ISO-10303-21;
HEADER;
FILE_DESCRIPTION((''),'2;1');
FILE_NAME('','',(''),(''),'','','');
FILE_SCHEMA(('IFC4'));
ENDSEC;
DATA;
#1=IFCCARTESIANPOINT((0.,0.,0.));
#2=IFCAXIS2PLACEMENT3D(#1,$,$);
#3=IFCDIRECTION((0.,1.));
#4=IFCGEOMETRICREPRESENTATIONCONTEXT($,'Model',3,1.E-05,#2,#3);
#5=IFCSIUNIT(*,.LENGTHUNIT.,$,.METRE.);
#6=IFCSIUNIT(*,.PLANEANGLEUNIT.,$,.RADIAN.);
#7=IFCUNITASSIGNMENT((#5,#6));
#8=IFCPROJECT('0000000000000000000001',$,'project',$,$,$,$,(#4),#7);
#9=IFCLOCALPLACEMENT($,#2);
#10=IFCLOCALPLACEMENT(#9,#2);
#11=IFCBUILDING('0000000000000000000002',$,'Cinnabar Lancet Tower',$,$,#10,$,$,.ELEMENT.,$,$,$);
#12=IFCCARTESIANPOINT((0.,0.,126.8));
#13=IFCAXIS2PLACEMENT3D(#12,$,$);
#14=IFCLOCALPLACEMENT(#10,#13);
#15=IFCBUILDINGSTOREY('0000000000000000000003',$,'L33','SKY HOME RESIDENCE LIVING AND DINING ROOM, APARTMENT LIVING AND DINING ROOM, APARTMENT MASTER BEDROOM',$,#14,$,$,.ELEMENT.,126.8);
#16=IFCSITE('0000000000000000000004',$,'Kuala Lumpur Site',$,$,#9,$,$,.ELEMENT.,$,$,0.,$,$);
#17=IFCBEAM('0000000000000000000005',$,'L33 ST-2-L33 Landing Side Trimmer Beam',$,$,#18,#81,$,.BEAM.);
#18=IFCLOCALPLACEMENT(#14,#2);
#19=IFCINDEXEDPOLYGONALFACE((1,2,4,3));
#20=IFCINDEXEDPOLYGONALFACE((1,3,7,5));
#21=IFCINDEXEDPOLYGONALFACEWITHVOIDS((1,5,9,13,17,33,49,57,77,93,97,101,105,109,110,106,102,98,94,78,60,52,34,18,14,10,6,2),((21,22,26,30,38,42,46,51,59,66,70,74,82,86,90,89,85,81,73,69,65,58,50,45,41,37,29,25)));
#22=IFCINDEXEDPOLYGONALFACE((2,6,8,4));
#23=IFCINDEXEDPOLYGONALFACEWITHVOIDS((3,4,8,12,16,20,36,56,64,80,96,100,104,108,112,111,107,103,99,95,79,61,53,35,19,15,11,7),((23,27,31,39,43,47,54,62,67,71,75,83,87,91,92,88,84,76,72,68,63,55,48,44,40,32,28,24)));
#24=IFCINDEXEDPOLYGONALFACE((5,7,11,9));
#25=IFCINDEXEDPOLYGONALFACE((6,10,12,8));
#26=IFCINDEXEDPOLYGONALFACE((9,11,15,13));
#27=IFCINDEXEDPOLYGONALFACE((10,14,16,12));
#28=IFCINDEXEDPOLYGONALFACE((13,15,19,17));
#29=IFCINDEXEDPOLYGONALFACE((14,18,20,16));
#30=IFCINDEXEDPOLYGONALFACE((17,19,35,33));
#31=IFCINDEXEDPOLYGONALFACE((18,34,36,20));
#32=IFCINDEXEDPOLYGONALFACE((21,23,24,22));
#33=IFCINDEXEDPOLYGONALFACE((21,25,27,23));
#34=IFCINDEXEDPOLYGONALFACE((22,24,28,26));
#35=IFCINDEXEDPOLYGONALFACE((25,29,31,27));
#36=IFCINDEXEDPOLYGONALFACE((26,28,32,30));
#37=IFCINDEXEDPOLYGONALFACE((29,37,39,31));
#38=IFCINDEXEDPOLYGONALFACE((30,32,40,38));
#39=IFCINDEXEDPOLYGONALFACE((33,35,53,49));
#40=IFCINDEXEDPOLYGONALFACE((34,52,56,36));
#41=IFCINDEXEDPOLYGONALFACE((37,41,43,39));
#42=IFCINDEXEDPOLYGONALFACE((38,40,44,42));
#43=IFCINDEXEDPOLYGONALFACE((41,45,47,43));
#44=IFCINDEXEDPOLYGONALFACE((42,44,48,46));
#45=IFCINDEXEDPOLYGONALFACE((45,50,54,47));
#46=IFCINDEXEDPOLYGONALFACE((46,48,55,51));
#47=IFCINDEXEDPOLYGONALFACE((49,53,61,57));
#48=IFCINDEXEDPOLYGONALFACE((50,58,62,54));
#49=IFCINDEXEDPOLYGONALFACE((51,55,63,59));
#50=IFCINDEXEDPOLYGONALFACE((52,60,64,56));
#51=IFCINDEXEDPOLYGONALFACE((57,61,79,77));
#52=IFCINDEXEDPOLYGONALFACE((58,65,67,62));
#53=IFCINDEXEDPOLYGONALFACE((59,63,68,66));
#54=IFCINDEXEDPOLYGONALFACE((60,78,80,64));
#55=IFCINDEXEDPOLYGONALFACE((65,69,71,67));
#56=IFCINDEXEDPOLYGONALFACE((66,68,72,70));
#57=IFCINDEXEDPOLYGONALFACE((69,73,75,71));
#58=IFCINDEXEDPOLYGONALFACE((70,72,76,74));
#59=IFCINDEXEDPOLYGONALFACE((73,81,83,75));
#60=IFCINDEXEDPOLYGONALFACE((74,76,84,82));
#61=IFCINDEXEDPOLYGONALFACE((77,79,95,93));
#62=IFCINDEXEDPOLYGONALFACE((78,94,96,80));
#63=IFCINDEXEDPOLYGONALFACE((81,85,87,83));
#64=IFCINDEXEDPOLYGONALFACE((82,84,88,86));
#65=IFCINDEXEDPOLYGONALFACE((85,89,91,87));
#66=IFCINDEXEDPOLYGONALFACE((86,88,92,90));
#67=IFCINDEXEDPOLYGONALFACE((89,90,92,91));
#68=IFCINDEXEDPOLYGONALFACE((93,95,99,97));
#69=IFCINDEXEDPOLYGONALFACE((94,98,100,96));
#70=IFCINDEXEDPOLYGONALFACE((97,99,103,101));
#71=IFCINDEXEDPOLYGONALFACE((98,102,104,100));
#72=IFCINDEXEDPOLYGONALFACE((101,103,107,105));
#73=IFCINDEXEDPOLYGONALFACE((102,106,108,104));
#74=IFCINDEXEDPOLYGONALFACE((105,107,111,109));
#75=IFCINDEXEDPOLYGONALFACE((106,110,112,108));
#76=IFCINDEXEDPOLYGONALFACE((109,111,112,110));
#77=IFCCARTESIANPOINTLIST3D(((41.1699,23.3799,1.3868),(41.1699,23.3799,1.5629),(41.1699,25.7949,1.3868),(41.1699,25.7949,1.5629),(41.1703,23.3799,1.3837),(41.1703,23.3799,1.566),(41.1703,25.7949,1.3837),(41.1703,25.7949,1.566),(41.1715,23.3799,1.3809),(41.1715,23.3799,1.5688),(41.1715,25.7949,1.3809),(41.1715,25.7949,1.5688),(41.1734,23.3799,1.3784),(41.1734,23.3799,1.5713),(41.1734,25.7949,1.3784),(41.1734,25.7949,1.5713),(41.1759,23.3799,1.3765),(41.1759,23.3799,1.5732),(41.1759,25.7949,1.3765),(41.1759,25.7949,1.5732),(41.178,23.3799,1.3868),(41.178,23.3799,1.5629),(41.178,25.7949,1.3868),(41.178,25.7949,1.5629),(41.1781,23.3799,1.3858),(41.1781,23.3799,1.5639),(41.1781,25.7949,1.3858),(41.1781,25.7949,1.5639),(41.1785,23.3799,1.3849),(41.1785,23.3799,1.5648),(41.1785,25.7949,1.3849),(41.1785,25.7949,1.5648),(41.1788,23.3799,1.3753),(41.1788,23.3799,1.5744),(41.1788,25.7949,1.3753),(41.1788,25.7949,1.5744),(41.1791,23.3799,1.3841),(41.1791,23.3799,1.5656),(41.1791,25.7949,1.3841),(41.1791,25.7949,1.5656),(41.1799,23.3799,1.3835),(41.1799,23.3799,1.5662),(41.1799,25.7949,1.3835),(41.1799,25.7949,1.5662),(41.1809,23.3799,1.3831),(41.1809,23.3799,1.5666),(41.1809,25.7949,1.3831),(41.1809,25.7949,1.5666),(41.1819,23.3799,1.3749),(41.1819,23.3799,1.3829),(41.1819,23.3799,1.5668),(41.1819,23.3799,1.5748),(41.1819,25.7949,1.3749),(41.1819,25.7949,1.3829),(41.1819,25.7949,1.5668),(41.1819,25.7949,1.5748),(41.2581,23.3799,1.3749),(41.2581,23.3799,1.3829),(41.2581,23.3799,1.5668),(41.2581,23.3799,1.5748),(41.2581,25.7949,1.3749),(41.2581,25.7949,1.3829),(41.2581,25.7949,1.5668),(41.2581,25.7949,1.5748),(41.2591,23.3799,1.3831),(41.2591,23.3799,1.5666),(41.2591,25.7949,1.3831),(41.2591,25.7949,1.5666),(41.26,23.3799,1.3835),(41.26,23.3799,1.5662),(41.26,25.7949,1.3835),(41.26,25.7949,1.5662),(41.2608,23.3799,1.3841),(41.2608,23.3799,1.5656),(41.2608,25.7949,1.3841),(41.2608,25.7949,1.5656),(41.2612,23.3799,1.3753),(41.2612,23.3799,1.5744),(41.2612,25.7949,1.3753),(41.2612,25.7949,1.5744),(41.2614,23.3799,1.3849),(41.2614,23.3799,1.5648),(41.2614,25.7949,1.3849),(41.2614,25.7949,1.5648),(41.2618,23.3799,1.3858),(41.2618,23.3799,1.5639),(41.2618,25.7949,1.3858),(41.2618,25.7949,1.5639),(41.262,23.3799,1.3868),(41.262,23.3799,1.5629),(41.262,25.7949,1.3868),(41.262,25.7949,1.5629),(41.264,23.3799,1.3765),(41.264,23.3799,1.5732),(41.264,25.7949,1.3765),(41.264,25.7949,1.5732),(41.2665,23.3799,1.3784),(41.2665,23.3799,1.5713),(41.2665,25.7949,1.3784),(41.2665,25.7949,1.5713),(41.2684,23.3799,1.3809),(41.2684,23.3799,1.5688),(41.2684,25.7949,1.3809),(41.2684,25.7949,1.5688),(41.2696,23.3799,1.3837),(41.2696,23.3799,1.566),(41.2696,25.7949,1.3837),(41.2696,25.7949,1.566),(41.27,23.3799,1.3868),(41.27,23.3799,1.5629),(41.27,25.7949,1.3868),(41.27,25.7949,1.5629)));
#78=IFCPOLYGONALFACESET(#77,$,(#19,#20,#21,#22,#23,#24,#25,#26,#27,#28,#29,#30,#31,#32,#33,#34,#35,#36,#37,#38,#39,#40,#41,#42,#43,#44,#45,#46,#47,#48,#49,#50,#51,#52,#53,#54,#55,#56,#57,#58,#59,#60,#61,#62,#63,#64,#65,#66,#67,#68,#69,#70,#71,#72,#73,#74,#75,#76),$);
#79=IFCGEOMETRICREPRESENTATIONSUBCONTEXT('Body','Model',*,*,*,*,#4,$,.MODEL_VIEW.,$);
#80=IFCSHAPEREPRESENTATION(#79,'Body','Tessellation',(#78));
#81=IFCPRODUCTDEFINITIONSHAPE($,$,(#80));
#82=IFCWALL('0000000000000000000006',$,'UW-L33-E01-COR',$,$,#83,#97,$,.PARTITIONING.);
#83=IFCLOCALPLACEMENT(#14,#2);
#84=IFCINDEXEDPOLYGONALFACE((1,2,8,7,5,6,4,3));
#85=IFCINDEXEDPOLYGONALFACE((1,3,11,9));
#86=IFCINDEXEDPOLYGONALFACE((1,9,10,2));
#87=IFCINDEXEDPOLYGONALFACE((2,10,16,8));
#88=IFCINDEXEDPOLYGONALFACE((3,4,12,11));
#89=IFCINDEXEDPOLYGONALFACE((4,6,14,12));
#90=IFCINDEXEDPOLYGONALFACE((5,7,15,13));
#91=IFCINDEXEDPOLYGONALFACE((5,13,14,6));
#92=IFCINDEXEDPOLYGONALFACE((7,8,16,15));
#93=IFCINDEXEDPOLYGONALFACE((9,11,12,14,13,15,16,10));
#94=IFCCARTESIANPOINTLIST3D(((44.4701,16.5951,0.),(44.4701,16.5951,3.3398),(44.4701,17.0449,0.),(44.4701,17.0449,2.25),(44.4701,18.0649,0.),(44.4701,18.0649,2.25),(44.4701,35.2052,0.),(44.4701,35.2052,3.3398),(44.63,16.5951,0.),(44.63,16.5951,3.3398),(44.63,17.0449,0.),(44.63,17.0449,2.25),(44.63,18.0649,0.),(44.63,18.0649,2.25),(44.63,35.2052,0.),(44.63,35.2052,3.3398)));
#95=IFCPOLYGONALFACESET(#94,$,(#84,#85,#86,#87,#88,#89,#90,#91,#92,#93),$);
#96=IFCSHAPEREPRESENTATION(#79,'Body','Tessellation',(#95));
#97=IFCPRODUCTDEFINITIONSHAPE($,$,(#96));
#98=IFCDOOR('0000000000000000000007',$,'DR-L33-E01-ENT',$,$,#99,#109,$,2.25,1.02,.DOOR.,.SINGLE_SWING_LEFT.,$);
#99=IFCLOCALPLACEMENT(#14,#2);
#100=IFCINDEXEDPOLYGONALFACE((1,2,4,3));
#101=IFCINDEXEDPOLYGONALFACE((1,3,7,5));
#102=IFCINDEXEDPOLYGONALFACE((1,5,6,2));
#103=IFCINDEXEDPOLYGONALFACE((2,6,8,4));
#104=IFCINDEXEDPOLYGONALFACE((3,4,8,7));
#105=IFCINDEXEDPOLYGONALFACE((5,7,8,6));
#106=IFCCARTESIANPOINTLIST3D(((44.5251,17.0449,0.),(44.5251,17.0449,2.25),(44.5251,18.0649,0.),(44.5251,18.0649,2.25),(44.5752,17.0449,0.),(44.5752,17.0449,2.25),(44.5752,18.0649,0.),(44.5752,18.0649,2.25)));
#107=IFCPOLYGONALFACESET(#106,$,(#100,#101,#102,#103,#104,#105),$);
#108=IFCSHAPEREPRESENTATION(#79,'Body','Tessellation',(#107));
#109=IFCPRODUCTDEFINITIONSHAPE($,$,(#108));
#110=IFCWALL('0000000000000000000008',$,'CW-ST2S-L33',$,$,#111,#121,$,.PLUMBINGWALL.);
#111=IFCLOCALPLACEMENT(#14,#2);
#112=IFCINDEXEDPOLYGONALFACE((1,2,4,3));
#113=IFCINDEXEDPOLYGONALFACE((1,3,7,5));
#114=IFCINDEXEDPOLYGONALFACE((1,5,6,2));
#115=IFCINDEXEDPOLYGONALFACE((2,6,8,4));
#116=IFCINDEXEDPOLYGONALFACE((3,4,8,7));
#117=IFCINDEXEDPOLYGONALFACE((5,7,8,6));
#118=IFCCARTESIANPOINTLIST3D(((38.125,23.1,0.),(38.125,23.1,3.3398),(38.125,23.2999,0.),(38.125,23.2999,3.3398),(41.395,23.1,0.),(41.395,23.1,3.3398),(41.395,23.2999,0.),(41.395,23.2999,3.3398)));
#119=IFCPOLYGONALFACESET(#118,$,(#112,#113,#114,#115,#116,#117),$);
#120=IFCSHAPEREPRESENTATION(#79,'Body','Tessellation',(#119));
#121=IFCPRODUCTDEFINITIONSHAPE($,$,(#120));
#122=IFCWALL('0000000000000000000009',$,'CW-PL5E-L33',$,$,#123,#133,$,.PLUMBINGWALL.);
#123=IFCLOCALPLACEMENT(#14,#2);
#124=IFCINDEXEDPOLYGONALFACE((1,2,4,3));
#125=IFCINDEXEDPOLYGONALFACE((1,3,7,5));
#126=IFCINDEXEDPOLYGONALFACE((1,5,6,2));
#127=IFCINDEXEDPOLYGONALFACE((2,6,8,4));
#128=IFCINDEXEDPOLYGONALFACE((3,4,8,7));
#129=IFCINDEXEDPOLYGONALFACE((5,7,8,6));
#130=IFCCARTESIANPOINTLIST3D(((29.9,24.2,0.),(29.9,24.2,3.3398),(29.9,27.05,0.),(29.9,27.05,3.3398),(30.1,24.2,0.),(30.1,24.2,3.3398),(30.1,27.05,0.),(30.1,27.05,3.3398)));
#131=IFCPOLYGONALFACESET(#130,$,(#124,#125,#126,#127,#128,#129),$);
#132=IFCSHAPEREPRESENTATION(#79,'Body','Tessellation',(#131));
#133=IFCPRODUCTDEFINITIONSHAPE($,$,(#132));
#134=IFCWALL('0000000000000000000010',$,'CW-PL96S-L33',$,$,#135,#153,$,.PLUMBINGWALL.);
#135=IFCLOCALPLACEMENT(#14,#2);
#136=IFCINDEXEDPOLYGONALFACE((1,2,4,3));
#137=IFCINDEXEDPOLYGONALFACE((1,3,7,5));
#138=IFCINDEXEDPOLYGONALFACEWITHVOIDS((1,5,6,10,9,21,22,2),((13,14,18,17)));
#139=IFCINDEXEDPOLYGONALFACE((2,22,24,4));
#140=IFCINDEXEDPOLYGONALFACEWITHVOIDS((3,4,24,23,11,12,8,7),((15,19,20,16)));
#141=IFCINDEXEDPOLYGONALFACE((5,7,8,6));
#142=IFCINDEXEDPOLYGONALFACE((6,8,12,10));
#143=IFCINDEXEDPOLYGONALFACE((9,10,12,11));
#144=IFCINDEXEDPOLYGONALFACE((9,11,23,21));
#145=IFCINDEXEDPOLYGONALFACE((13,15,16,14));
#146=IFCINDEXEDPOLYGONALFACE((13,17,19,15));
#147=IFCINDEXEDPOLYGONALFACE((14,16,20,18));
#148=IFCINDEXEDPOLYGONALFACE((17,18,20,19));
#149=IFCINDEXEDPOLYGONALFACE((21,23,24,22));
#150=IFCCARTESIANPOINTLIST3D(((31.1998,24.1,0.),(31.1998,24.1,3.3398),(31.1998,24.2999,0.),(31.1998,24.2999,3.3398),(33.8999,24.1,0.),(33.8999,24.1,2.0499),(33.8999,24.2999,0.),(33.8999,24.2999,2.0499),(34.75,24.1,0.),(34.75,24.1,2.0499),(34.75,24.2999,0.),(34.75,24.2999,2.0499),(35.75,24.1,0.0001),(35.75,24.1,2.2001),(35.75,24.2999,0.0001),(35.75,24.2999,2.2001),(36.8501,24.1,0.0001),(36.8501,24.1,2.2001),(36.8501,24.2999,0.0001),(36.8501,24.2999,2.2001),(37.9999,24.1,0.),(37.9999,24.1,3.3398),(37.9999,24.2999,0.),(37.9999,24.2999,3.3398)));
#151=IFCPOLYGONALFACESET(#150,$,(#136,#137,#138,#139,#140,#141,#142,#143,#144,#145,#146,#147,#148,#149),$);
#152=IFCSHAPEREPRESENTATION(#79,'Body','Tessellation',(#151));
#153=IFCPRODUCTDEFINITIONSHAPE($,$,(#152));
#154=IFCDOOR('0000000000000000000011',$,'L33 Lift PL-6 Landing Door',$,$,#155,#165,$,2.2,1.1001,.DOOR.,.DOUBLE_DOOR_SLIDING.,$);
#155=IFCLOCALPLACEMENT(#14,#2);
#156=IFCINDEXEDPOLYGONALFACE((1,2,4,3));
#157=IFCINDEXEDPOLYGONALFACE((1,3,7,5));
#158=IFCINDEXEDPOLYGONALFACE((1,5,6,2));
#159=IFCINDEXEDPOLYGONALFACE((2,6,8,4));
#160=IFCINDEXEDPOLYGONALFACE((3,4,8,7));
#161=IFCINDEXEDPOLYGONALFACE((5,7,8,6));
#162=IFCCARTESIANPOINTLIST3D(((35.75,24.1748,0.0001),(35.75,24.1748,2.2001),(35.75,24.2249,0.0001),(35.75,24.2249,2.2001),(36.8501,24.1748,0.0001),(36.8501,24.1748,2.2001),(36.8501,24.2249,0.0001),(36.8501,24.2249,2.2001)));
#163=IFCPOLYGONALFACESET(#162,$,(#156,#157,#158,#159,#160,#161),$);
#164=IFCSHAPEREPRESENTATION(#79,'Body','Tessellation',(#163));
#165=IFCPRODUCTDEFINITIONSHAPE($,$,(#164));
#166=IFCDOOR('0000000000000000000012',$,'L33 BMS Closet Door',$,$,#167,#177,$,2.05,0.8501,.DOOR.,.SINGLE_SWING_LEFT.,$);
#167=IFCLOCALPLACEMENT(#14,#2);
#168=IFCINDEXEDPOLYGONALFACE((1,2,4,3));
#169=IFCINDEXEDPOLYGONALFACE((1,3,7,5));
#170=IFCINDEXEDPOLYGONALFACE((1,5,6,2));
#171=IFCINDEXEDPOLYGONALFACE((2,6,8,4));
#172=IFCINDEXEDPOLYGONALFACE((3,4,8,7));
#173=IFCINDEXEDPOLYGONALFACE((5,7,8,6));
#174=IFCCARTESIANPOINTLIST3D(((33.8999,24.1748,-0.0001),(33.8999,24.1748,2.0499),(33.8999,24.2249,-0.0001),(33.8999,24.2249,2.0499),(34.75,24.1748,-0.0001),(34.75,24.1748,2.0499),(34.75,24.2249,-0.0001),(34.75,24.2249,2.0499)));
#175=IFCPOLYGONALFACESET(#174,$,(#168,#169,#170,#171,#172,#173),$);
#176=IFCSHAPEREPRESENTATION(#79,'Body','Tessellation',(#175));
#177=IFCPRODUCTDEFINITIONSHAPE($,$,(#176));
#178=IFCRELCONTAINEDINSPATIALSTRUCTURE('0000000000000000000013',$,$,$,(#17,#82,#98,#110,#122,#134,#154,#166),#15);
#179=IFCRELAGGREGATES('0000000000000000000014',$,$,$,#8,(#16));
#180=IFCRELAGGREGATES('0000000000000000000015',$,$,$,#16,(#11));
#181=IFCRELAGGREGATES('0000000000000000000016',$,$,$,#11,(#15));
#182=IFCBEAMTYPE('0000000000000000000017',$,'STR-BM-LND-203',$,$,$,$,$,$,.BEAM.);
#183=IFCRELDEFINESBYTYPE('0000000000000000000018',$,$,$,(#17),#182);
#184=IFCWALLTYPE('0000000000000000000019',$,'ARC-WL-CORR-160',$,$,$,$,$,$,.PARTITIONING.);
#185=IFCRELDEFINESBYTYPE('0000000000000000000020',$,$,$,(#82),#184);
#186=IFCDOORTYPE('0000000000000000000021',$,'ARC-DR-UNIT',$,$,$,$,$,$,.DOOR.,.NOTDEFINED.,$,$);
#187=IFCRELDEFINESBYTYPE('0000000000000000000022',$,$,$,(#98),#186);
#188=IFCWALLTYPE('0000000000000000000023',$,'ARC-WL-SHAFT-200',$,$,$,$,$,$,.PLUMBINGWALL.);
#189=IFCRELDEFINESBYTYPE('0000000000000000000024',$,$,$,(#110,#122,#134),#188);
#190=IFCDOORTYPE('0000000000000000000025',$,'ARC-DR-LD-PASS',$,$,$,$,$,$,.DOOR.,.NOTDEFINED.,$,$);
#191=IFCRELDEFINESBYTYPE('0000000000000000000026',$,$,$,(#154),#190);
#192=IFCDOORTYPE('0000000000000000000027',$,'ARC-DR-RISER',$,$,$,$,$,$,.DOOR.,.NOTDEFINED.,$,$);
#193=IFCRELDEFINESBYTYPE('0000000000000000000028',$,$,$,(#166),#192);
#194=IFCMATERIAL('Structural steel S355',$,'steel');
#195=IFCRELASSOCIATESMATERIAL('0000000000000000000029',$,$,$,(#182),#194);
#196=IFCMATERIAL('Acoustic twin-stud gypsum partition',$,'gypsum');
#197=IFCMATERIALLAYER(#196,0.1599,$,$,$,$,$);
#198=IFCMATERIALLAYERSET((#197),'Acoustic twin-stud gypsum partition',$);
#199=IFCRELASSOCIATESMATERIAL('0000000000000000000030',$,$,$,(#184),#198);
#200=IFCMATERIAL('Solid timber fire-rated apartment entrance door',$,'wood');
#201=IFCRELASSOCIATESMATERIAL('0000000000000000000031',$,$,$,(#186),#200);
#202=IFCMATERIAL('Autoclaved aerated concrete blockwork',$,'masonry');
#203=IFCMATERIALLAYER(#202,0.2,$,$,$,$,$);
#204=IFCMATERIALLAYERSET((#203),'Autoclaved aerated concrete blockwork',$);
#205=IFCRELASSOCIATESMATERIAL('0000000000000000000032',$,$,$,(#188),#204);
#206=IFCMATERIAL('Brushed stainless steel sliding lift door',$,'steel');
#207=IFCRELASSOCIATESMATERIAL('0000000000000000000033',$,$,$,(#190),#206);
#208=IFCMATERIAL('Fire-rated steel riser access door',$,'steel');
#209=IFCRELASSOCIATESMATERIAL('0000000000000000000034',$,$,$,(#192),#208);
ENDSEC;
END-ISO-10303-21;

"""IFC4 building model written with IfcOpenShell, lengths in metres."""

from ifc_helpers import new_model, si_unit, direction, frame, frame_2d, origin, origin_2d, place, context, subcontext, project, spatial, rectangle, hollow_rectangle, extrude, material, layer, layer_set, material_profile, profile_set, type_object, element, fill, save


model = new_model("IFC4")

# Units and contexts
model_context = context("Model", 3, precision=1e-05, world=origin(), true_north=direction((0.0, 1.0)))
body_context = subcontext(model_context, "Body", "Model", "MODEL_VIEW")
ifc_project = project(units=[si_unit("LENGTHUNIT", "METRE"), si_unit("PLANEANGLEUNIT", "RADIAN")], contexts=[model_context])

# Site, building, storey
site_placement = place(None, origin())
site = spatial("IfcSite", under=ifc_project, at=site_placement, Name="Kuala Lumpur Site", CompositionType="ELEMENT", RefElevation=0.0)
building_placement = place(site_placement, origin())
building = spatial("IfcBuilding", under=site, at=building_placement, Name="Cinnabar Lancet Tower", CompositionType="ELEMENT")
storey_placement = place(building_placement, frame((0.0, 0.0, 126.8)))
storey = spatial("IfcBuildingStorey", under=building, at=storey_placement, Name="L33", Description="SKY HOME RESIDENCE LIVING AND DINING ROOM, APARTMENT LIVING AND DINING ROOM, APARTMENT MASTER BEDROOM", CompositionType="ELEMENT", Elevation=126.8)

# Beam
ifc_material_1 = material(Name="Structural steel S355", Category="steel")
ifc_material_profile_1 = material_profile(ifc_material_1, hollow_rectangle(XDim=0.1001, YDim=0.2, WallThickness=0.0081, InnerFilletRadius=0.0039, OuterFilletRadius=0.012, at=origin_2d()), Name="RHS 200x100x8")
ifc_profile_set_1 = profile_set([ifc_material_profile_1], Name="Structural steel S355")
beam_type_1 = type_object("IfcBeamType", Name="STR-BM-LND-203", PredefinedType="BEAM", material=ifc_profile_set_1)
beam_1_placement = place(storey_placement, frame((41.22, 23.3799, 1.4749), z_axis=(0.0, 1.0, 0.0), x_axis=(-1.0, 0.0, 0.0)))
element("IfcBeam", 1, at=beam_1_placement, inside=storey, type_object=beam_type_1, Name="L33 ST-2-L33 Landing Side Trimmer Beam", PredefinedType="BEAM", context=body_context, shape_type="SweptSolid", body=[
    extrude(hollow_rectangle(XDim=0.1001, YDim=0.2, WallThickness=0.0081, InnerFilletRadius=0.0039, OuterFilletRadius=0.012, at=origin_2d()), origin(), (0.0, 0.0, 1.0), 2.415),
])

# Wall, opening, door
ifc_material_2 = material(Name="Acoustic twin-stud gypsum partition", Category="gypsum")
ifc_layer_1 = layer(ifc_material_2, 0.1599)
ifc_layer_set_1 = layer_set([ifc_layer_1], Name="Acoustic twin-stud gypsum partition")
wall_type_1 = type_object("IfcWallType", Name="ARC-WL-CORR-160", PredefinedType="PARTITIONING", material=ifc_layer_set_1)
wall_1_placement = place(storey_placement, frame((44.55, 16.595, 0.0), z_axis=(0.0, 0.0, 1.0), x_axis=(0.0, 1.0, 0.0)))
wall_1 = element("IfcWall", 2, at=wall_1_placement, inside=storey, type_object=wall_type_1, Name="UW-L33-E01-COR", PredefinedType="PARTITIONING", context=body_context, shape_type="SweptSolid", body=[
    extrude(rectangle(XDim=18.6101, YDim=0.1599, at=frame_2d((9.3052, 0.0))), origin(), (0.0, 0.0, 1.0), 3.3398),
])
opening_1_placement = place(wall_1_placement, frame((0.45, 0.0, 0.0)))
opening_1 = element("IfcOpeningElement", 3, at=opening_1_placement, cuts=wall_1, PredefinedType="OPENING", context=body_context, shape_type="SweptSolid", body=[
    extrude(rectangle(XDim=1.02, YDim=2.25, at=frame_2d((0.51, 1.125))), frame((0.0, 0.0898, 0.0), z_axis=(0.0, -1.0, 0.0), x_axis=(1.0, 0.0, 0.0)), (0.0, 0.0, 1.0), 0.1799),
])
ifc_material_3 = material(Name="Solid timber fire-rated apartment entrance door", Category="wood")
door_type_1 = type_object("IfcDoorType", Name="ARC-DR-UNIT", OperationType="NOTDEFINED", PredefinedType="DOOR", material=ifc_material_3)
door_1_placement = place(opening_1_placement, origin())
door_1 = element("IfcDoor", 4, at=door_1_placement, inside=storey, type_object=door_type_1, Name="DR-L33-E01-ENT", OperationType="SINGLE_SWING_LEFT", OverallHeight=2.25, OverallWidth=1.02, PredefinedType="DOOR", context=body_context, shape_type="SweptSolid", body=[
    extrude(rectangle(XDim=1.02, YDim=2.25, at=frame_2d((0.51, 1.125))), frame((0.0, 0.0249, 0.0), z_axis=(0.0, -1.0, 0.0), x_axis=(1.0, 0.0, 0.0)), (0.0, 0.0, 1.0), 0.05),
])
fill(opening_1, door_1)

# Walls
ifc_material_4 = material(Name="Autoclaved aerated concrete blockwork", Category="masonry")
ifc_layer_2 = layer(ifc_material_4, 0.2)
ifc_layer_set_2 = layer_set([ifc_layer_2], Name="Autoclaved aerated concrete blockwork")
wall_type_2 = type_object("IfcWallType", Name="ARC-WL-SHAFT-200", PredefinedType="PLUMBINGWALL", material=ifc_layer_set_2)
wall_2_placement = place(storey_placement, frame((38.125, 23.2, 0.0), z_axis=(0.0, 0.0, 1.0), x_axis=(1.0, 0.0, 0.0)))
element("IfcWall", 5, at=wall_2_placement, inside=storey, type_object=wall_type_2, Name="CW-ST2S-L33", PredefinedType="PLUMBINGWALL", context=body_context, shape_type="SweptSolid", body=[
    extrude(rectangle(XDim=3.27, YDim=0.2, at=frame_2d((1.635, 0.0))), origin(), (0.0, 0.0, 1.0), 3.3398),
])
wall_3_placement = place(storey_placement, frame((30.0, 24.2, 0.0), z_axis=(0.0, 0.0, 1.0), x_axis=(0.0, 1.0, 0.0)))
element("IfcWall", 6, at=wall_3_placement, inside=storey, type_object=wall_type_2, Name="CW-PL5E-L33", PredefinedType="PLUMBINGWALL", context=body_context, shape_type="SweptSolid", body=[
    extrude(rectangle(XDim=2.8501, YDim=0.2, at=frame_2d((1.425, 0.0))), origin(), (0.0, 0.0, 1.0), 3.3398),
])

# Wall, openings, doors
wall_4_placement = place(storey_placement, frame((31.2, 24.2, 0.0), z_axis=(0.0, 0.0, 1.0), x_axis=(1.0, 0.0, 0.0)))
wall_4 = element("IfcWall", 7, at=wall_4_placement, inside=storey, type_object=wall_type_2, Name="CW-PL96S-L33", PredefinedType="PLUMBINGWALL", context=body_context, shape_type="SweptSolid", body=[
    extrude(rectangle(XDim=6.8, YDim=0.2, at=frame_2d((3.3999, 0.0))), origin(), (0.0, 0.0, 1.0), 3.3398),
])
opening_2_placement = place(wall_4_placement, frame((2.7, 0.0, 0.0)))
opening_2 = element("IfcOpeningElement", 8, at=opening_2_placement, cuts=wall_4, PredefinedType="OPENING", context=body_context, shape_type="SweptSolid", body=[
    extrude(rectangle(XDim=0.8501, YDim=2.05, at=frame_2d((0.425, 1.0249))), frame((0.0, 0.1099, 0.0), z_axis=(0.0, -1.0, 0.0), x_axis=(1.0, 0.0, 0.0)), (0.0, 0.0, 1.0), 0.22),
])
opening_3_placement = place(wall_4_placement, frame((4.55, 0.0, 0.0)))
opening_3 = element("IfcOpeningElement", 9, at=opening_3_placement, cuts=wall_4, PredefinedType="OPENING", context=body_context, shape_type="SweptSolid", body=[
    extrude(rectangle(XDim=1.1001, YDim=2.2, at=frame_2d((0.55, 1.1001))), frame((0.0, 0.1099, 0.0), z_axis=(0.0, -1.0, 0.0), x_axis=(1.0, 0.0, 0.0)), (0.0, 0.0, 1.0), 0.22),
])
ifc_material_5 = material(Name="Brushed stainless steel sliding lift door", Category="steel")
door_type_2 = type_object("IfcDoorType", Name="ARC-DR-LD-PASS", OperationType="NOTDEFINED", PredefinedType="DOOR", material=ifc_material_5)
door_2_placement = place(opening_3_placement, origin())
door_2 = element("IfcDoor", 10, at=door_2_placement, inside=storey, type_object=door_type_2, Name="L33 Lift PL-6 Landing Door", OperationType="DOUBLE_DOOR_SLIDING", OverallHeight=2.2, OverallWidth=1.1001, PredefinedType="DOOR", context=body_context, shape_type="SweptSolid", body=[
    extrude(rectangle(XDim=1.1001, YDim=2.2, at=frame_2d((0.55, 1.1001))), frame((0.0, 0.0249, 0.0), z_axis=(0.0, -1.0, 0.0), x_axis=(1.0, 0.0, 0.0)), (0.0, 0.0, 1.0), 0.05),
])
fill(opening_3, door_2)
ifc_material_6 = material(Name="Fire-rated steel riser access door", Category="steel")
door_type_3 = type_object("IfcDoorType", Name="ARC-DR-RISER", OperationType="NOTDEFINED", PredefinedType="DOOR", material=ifc_material_6)
door_3_placement = place(opening_2_placement, origin())
door_3 = element("IfcDoor", 11, at=door_3_placement, inside=storey, type_object=door_type_3, Name="L33 BMS Closet Door", OperationType="SINGLE_SWING_LEFT", OverallHeight=2.05, OverallWidth=0.8501, PredefinedType="DOOR", context=body_context, shape_type="SweptSolid", body=[
    extrude(rectangle(XDim=0.8501, YDim=2.05, at=frame_2d((0.425, 1.0249))), frame((0.0, 0.0249, 0.0), z_axis=(0.0, -1.0, 0.0), x_axis=(1.0, 0.0, 0.0)), (0.0, 0.0, 1.0), 0.05),
])
fill(opening_2, door_3)

save(model, "model.ifc")
